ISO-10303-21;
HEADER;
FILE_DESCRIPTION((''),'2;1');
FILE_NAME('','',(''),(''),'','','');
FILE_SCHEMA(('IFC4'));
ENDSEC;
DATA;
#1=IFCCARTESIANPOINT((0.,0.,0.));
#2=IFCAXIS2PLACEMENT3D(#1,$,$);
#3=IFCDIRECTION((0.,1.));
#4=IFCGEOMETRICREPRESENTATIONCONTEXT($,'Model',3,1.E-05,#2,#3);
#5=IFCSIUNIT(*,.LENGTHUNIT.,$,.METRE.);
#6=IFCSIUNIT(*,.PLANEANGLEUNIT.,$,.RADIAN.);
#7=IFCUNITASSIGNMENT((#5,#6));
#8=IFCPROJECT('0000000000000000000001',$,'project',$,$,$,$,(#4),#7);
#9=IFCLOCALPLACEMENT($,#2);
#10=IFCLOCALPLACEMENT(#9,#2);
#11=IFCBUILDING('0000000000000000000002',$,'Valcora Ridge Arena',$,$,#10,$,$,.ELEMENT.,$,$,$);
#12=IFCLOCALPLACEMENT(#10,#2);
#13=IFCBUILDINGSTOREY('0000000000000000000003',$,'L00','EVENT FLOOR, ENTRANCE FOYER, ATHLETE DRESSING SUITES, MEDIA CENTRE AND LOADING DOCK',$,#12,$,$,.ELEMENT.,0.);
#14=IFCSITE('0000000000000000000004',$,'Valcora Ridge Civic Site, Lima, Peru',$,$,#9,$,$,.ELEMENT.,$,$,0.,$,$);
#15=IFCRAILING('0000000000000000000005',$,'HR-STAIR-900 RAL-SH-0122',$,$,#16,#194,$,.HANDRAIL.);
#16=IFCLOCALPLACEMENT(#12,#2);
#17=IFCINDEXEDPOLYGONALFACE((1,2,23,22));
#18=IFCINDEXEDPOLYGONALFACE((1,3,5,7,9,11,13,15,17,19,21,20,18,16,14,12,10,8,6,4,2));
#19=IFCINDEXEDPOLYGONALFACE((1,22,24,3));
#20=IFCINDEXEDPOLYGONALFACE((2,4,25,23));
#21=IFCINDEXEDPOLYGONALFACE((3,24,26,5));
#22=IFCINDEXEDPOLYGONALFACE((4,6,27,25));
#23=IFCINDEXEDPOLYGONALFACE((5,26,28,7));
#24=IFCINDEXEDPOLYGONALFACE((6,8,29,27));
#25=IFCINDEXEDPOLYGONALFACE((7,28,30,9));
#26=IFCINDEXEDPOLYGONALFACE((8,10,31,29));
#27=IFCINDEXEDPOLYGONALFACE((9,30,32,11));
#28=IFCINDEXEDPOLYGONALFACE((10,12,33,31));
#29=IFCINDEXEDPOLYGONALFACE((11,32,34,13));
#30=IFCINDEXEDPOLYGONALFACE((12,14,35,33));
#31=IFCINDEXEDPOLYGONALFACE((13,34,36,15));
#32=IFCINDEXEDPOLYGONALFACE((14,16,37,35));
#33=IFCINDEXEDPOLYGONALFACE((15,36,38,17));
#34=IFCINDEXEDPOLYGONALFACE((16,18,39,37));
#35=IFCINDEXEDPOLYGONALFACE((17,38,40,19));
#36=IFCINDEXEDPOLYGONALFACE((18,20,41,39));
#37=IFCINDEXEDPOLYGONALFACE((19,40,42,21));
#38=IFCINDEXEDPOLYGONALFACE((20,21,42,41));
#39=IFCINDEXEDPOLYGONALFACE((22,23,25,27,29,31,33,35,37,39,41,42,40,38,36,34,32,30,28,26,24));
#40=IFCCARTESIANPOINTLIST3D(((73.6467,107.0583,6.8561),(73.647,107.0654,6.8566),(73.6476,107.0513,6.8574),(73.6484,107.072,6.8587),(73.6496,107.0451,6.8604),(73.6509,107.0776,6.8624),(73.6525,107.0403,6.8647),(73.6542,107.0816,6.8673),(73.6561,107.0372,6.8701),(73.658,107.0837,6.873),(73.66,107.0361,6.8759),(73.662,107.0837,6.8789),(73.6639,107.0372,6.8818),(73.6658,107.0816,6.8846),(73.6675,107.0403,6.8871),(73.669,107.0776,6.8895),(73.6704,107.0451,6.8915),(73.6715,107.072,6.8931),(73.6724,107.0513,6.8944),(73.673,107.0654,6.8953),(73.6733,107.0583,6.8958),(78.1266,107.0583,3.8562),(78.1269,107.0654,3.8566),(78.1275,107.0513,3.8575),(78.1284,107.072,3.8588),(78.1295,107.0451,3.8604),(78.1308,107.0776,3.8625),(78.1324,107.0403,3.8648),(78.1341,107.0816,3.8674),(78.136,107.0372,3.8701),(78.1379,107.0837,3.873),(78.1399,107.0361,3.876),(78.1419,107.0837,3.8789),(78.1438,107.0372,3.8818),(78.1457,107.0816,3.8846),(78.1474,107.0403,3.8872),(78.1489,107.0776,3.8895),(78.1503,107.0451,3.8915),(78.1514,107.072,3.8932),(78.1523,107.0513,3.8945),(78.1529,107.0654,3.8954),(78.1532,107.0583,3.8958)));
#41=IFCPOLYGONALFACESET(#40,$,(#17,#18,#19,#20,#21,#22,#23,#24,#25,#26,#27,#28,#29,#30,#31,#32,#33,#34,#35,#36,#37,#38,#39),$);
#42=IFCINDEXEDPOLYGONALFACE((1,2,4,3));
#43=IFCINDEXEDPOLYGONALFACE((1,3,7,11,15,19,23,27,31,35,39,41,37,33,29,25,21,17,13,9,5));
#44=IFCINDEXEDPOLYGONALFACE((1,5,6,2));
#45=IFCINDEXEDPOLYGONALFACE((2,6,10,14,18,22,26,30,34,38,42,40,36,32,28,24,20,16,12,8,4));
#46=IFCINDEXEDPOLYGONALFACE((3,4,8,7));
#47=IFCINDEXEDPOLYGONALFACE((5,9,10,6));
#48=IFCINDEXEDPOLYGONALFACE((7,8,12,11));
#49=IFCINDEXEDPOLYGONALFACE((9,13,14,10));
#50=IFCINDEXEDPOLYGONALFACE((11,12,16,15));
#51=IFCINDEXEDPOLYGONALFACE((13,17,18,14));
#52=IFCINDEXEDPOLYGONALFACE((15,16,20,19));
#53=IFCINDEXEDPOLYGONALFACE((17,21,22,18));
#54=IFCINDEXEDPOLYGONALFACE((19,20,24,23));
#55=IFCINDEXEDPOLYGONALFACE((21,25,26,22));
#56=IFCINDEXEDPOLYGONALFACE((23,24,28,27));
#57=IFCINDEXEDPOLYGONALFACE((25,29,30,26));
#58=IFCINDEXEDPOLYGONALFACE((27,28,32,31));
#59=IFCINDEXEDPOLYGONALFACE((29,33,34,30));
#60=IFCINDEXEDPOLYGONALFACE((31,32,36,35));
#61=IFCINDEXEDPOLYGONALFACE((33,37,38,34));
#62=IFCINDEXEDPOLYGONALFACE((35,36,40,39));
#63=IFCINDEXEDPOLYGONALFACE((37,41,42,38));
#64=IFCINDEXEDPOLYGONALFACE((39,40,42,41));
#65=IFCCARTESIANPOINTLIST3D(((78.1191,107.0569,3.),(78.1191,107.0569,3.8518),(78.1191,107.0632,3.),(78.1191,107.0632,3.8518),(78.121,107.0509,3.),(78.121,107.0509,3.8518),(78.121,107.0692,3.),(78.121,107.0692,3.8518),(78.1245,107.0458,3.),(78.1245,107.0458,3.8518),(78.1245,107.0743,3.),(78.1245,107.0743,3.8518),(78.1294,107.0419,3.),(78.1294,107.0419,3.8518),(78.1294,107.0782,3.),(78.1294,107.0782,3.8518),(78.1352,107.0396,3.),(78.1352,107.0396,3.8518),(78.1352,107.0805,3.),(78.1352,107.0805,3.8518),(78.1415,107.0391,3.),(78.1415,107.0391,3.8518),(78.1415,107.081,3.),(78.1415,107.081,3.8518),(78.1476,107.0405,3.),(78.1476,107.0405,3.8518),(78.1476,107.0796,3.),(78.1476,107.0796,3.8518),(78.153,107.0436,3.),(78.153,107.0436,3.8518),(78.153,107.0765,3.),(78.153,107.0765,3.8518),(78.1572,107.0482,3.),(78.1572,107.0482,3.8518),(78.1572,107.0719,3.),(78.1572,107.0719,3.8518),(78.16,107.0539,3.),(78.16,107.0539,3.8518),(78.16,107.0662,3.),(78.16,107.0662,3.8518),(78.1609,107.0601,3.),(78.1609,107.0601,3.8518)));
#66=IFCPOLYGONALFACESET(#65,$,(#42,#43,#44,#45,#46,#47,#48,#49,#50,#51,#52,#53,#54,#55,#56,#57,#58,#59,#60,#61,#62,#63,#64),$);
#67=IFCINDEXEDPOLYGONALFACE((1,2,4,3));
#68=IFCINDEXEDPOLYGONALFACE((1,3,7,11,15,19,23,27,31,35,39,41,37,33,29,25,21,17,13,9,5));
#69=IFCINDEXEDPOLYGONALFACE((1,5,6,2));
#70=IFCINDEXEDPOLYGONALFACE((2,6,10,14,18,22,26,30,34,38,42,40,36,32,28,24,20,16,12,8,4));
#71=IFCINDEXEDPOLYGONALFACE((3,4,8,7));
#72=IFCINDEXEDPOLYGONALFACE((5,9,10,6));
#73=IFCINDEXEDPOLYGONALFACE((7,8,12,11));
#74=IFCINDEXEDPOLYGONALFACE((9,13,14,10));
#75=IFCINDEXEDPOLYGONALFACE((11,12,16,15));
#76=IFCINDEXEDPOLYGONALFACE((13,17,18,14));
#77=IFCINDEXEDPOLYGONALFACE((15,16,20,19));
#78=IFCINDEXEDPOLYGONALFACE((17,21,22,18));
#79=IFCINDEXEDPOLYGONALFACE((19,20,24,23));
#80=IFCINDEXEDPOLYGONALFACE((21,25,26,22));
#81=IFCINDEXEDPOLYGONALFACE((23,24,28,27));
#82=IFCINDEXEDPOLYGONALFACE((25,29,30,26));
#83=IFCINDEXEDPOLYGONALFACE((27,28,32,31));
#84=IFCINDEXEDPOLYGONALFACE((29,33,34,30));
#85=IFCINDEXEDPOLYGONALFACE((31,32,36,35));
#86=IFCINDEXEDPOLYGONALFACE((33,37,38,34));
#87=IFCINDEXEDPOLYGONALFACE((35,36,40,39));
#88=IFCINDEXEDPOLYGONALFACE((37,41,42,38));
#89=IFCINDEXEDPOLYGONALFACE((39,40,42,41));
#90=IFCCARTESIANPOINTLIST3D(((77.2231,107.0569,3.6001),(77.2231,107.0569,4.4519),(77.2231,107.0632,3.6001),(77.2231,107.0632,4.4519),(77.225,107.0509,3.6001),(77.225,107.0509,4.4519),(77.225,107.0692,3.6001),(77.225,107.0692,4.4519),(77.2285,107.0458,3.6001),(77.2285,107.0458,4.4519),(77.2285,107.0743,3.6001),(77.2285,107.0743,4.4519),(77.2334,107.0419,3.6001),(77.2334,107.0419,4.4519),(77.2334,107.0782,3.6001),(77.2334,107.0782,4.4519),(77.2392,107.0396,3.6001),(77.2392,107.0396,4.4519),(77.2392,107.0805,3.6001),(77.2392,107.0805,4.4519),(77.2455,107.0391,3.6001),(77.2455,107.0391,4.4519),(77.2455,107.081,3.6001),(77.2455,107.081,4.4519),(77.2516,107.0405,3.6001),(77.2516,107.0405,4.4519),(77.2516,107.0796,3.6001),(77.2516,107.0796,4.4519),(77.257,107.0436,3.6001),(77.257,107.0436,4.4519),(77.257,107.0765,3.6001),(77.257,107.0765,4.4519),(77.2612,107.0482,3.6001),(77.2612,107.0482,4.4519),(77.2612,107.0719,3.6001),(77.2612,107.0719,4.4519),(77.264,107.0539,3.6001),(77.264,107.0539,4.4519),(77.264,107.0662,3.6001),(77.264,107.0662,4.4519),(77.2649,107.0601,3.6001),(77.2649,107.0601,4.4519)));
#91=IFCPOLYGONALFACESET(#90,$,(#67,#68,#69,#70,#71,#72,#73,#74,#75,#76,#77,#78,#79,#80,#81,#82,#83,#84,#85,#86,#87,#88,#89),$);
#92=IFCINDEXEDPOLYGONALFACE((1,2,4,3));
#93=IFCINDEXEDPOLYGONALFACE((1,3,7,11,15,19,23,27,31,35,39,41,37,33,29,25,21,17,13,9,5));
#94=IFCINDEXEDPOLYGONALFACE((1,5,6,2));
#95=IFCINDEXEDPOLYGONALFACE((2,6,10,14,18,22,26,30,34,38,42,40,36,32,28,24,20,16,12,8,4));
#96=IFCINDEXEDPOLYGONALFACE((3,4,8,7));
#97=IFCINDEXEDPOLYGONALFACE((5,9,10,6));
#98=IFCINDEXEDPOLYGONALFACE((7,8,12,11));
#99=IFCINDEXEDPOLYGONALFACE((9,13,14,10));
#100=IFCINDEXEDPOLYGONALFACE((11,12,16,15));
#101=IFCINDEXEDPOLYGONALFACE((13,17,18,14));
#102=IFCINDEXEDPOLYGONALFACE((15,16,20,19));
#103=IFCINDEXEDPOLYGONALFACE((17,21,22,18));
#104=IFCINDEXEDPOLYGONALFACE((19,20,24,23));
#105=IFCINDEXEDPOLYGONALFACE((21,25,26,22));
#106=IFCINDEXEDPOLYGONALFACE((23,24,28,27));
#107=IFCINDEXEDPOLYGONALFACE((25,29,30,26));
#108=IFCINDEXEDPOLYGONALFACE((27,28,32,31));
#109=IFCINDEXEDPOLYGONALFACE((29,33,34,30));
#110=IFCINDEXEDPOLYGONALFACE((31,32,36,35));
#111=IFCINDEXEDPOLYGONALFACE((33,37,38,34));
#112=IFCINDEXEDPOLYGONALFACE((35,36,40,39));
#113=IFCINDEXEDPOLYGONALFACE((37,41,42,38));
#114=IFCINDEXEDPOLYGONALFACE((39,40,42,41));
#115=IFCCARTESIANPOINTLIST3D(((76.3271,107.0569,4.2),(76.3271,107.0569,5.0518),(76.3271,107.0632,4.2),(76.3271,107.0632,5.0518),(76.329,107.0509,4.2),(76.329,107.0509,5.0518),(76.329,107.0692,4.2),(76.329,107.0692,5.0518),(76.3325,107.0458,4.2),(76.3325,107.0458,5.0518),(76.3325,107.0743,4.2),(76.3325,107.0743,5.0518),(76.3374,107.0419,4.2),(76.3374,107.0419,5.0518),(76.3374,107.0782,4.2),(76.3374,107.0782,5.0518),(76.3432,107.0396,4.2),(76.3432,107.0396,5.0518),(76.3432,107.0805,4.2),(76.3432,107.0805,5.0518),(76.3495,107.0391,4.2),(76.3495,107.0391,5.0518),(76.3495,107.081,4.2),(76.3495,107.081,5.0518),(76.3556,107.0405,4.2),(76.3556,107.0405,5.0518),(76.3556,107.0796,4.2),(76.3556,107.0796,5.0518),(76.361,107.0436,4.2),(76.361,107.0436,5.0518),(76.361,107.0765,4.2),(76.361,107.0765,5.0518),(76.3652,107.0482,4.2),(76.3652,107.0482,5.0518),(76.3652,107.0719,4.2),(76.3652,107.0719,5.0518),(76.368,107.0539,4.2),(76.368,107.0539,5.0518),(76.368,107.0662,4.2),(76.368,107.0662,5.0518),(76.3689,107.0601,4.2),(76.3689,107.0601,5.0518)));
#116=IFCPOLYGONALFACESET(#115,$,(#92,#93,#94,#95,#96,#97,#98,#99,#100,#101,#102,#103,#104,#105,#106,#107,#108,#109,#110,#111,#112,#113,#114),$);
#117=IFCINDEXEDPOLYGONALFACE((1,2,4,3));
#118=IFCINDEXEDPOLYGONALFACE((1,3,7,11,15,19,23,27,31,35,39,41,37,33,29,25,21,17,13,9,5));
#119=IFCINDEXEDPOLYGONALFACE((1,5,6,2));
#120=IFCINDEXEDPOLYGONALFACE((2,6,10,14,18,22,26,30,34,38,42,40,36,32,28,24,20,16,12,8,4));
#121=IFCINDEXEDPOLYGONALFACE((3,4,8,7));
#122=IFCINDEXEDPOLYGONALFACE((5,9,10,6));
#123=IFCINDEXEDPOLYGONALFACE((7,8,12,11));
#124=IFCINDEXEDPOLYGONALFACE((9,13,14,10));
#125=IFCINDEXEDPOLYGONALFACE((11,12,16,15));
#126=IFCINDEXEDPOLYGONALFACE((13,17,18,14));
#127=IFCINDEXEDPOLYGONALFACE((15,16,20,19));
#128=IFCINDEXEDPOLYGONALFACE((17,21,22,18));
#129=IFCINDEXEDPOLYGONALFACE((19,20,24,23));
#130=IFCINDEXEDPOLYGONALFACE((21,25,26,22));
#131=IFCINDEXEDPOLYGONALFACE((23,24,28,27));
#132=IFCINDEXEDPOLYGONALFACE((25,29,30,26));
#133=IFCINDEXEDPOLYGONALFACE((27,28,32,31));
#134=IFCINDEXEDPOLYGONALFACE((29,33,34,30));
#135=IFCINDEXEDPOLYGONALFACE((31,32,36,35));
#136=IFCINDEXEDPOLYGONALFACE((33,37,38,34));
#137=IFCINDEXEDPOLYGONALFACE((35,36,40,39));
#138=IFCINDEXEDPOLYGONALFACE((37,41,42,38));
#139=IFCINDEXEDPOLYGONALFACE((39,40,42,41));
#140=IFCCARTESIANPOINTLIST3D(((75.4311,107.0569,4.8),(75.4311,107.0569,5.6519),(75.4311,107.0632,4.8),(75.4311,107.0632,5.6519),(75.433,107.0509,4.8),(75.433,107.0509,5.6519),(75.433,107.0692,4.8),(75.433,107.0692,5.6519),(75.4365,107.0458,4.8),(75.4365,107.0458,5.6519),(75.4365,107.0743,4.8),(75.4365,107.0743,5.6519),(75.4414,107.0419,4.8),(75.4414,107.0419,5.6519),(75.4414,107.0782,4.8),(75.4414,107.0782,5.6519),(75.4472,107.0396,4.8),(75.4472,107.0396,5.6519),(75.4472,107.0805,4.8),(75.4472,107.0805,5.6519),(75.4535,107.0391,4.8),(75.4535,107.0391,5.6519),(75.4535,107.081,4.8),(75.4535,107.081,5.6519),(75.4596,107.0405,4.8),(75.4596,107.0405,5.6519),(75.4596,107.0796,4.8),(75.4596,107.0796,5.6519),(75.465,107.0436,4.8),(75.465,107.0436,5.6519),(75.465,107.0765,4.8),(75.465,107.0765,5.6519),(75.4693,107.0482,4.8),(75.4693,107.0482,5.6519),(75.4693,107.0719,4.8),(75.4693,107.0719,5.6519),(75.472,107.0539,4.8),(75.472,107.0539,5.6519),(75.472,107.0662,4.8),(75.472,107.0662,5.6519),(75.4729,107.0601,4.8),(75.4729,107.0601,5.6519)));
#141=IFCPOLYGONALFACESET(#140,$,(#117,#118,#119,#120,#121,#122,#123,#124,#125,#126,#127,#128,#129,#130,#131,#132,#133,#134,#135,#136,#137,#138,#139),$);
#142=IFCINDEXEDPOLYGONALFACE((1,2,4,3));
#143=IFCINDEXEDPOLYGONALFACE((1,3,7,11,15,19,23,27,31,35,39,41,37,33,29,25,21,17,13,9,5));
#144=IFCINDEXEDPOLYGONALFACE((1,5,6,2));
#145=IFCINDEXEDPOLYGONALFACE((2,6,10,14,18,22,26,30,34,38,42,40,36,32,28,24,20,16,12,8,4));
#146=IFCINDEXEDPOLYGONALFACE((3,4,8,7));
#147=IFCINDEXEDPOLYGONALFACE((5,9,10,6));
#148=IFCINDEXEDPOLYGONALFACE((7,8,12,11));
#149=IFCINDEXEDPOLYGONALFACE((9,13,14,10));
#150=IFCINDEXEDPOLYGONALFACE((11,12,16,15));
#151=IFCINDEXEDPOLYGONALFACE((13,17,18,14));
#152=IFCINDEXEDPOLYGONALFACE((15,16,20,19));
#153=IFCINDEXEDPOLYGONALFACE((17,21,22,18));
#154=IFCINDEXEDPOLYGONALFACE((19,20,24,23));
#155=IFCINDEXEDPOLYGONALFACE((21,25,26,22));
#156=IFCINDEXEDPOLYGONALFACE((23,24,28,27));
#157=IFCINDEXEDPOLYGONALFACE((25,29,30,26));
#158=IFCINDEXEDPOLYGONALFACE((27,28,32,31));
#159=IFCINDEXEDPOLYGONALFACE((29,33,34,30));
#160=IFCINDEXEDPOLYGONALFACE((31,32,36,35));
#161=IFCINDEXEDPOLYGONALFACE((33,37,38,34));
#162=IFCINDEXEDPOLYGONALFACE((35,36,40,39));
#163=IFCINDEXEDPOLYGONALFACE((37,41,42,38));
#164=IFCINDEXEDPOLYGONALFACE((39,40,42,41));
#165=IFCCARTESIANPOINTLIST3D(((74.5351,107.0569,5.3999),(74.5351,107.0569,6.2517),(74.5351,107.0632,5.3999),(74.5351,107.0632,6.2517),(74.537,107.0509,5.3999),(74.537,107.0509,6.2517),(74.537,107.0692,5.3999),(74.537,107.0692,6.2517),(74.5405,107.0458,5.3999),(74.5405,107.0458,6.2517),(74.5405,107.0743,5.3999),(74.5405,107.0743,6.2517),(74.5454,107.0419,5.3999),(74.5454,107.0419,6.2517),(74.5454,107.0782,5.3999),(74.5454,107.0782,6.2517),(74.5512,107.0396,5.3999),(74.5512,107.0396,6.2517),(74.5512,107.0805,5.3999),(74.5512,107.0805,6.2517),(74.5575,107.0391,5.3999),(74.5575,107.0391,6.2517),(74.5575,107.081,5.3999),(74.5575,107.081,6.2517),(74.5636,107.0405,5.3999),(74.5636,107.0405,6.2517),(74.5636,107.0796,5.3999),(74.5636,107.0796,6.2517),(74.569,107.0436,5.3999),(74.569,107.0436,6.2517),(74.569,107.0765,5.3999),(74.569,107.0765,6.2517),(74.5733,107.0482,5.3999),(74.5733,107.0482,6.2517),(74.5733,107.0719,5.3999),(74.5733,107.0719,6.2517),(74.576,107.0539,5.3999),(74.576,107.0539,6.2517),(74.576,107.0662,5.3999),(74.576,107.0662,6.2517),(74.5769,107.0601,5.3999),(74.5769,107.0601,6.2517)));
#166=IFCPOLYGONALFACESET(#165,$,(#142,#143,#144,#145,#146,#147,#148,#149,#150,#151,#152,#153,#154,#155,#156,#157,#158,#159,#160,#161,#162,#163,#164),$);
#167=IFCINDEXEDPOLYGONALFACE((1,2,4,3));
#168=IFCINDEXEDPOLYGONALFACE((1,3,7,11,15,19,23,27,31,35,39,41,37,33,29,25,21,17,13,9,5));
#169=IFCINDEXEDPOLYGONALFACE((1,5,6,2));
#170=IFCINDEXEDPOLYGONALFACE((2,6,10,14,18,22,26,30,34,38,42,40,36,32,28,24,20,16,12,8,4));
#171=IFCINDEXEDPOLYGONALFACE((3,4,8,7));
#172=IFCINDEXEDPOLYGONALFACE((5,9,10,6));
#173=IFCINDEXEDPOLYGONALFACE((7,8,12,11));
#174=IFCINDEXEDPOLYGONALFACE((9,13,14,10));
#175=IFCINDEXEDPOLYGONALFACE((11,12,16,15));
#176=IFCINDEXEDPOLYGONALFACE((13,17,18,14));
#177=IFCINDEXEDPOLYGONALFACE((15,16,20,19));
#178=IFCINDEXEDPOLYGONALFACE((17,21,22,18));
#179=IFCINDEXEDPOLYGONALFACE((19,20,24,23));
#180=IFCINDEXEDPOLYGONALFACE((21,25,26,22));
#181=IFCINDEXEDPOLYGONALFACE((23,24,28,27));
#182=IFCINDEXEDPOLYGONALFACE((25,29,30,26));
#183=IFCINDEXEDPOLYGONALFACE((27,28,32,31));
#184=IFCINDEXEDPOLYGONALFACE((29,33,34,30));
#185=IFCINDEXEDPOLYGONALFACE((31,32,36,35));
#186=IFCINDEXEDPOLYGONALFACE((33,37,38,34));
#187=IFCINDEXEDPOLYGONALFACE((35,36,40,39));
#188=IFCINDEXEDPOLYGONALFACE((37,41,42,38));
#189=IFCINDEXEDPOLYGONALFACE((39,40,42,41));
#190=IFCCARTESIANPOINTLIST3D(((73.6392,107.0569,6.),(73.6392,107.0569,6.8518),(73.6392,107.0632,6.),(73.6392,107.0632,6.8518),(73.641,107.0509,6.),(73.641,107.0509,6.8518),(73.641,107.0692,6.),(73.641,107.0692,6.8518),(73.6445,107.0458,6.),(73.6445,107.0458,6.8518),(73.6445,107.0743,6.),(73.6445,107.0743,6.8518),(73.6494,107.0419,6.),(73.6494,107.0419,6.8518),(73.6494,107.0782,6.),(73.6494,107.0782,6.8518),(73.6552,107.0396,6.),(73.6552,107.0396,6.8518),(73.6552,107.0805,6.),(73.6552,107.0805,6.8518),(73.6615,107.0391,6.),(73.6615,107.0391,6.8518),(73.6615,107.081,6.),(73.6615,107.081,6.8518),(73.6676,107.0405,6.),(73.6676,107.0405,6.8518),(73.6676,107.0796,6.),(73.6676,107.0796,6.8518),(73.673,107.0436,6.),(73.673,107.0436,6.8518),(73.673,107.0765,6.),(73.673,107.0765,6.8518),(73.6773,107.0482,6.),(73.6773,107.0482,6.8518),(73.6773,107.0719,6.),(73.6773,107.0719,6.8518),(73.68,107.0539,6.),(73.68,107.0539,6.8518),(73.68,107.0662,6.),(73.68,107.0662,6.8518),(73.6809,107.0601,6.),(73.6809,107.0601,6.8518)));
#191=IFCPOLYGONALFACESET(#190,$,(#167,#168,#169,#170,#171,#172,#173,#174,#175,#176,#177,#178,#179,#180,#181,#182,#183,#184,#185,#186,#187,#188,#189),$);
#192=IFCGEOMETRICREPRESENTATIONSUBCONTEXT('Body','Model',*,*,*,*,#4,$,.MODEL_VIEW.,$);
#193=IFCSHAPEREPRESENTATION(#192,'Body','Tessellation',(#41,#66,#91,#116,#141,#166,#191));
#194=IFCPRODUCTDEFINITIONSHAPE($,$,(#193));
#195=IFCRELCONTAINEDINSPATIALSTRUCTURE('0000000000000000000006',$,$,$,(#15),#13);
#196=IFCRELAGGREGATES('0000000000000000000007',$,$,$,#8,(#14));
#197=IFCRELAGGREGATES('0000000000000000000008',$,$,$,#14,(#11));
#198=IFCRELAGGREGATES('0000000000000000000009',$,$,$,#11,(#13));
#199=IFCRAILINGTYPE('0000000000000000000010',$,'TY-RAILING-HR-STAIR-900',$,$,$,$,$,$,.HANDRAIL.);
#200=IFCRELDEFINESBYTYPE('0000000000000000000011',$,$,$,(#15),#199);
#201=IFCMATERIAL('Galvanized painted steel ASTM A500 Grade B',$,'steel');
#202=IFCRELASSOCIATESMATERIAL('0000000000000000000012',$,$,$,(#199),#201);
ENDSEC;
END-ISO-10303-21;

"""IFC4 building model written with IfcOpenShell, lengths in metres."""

from ifc_helpers import new_model, si_unit, direction, frame, origin, origin_2d, place, context, subcontext, project, spatial, circle, extrude, material, type_object, element, save


model = new_model("IFC4")

# Units and contexts
model_context = context("Model", 3, precision=1e-05, world=origin(), true_north=direction((0.0, 1.0)))
body_context = subcontext(model_context, "Body", "Model", "MODEL_VIEW")
ifc_project = project(units=[si_unit("LENGTHUNIT", "METRE"), si_unit("PLANEANGLEUNIT", "RADIAN")], contexts=[model_context])

# Site, building, storey
site_placement = place(None, origin())
site = spatial("IfcSite", under=ifc_project, at=site_placement, Name="Valcora Ridge Civic Site, Lima, Peru", CompositionType="ELEMENT", RefElevation=0.0)
building_placement = place(site_placement, origin())
building = spatial("IfcBuilding", under=site, at=building_placement, Name="Valcora Ridge Arena", CompositionType="ELEMENT")
storey_placement = place(building_placement, origin())
storey = spatial("IfcBuildingStorey", under=building, at=storey_placement, Name="L00", Description="EVENT FLOOR, ENTRANCE FOYER, ATHLETE DRESSING SUITES, MEDIA CENTRE AND LOADING DOCK", CompositionType="ELEMENT", Elevation=0.0)

# Railing
ifc_material_1 = material(Name="Galvanized painted steel ASTM A500 Grade B", Category="steel")
railing_type_1 = type_object("IfcRailingType", Name="TY-RAILING-HR-STAIR-900", PredefinedType="HANDRAIL", material=ifc_material_1)
for number, where, name in (
    (1, (78.1399, 107.0601, 3.0), "HR-STAIR-900 RAL-SH-0122"),
):
    element("IfcRailing", number, at=place(storey_placement, frame(where)), inside=storey, type_object=railing_type_1, Name=name, PredefinedType="HANDRAIL", context=body_context, shape_type="SweptSolid", body=[
        extrude(circle(Radius=0.0239, at=origin_2d()), frame((0.0, 0.0, 0.876), z_axis=(-0.830906, 0.0, 0.556413), x_axis=(0.0, -1.0, 0.0)), (0.0, 0.0, 1.0), 5.3916),
        extrude(circle(Radius=0.021, at=origin_2d()), origin(), (0.0, 0.0, 1.0), 0.8518),
        extrude(circle(Radius=0.021, at=origin_2d()), frame((-0.896, 0.0, 0.6001)), (0.0, 0.0, 1.0), 0.8518),
        extrude(circle(Radius=0.021, at=origin_2d()), frame((-1.792, 0.0, 1.2)), (0.0, 0.0, 1.0), 0.8518),
        extrude(circle(Radius=0.021, at=origin_2d()), frame((-2.688, 0.0, 1.8)), (0.0, 0.0, 1.0), 0.8518),
        extrude(circle(Radius=0.021, at=origin_2d()), frame((-3.584, 0.0, 2.3999)), (0.0, 0.0, 1.0), 0.8518),
        extrude(circle(Radius=0.021, at=origin_2d()), frame((-4.48, 0.0, 3.0)), (0.0, 0.0, 1.0), 0.8518),
    ])

save(model, "model.ifc")
